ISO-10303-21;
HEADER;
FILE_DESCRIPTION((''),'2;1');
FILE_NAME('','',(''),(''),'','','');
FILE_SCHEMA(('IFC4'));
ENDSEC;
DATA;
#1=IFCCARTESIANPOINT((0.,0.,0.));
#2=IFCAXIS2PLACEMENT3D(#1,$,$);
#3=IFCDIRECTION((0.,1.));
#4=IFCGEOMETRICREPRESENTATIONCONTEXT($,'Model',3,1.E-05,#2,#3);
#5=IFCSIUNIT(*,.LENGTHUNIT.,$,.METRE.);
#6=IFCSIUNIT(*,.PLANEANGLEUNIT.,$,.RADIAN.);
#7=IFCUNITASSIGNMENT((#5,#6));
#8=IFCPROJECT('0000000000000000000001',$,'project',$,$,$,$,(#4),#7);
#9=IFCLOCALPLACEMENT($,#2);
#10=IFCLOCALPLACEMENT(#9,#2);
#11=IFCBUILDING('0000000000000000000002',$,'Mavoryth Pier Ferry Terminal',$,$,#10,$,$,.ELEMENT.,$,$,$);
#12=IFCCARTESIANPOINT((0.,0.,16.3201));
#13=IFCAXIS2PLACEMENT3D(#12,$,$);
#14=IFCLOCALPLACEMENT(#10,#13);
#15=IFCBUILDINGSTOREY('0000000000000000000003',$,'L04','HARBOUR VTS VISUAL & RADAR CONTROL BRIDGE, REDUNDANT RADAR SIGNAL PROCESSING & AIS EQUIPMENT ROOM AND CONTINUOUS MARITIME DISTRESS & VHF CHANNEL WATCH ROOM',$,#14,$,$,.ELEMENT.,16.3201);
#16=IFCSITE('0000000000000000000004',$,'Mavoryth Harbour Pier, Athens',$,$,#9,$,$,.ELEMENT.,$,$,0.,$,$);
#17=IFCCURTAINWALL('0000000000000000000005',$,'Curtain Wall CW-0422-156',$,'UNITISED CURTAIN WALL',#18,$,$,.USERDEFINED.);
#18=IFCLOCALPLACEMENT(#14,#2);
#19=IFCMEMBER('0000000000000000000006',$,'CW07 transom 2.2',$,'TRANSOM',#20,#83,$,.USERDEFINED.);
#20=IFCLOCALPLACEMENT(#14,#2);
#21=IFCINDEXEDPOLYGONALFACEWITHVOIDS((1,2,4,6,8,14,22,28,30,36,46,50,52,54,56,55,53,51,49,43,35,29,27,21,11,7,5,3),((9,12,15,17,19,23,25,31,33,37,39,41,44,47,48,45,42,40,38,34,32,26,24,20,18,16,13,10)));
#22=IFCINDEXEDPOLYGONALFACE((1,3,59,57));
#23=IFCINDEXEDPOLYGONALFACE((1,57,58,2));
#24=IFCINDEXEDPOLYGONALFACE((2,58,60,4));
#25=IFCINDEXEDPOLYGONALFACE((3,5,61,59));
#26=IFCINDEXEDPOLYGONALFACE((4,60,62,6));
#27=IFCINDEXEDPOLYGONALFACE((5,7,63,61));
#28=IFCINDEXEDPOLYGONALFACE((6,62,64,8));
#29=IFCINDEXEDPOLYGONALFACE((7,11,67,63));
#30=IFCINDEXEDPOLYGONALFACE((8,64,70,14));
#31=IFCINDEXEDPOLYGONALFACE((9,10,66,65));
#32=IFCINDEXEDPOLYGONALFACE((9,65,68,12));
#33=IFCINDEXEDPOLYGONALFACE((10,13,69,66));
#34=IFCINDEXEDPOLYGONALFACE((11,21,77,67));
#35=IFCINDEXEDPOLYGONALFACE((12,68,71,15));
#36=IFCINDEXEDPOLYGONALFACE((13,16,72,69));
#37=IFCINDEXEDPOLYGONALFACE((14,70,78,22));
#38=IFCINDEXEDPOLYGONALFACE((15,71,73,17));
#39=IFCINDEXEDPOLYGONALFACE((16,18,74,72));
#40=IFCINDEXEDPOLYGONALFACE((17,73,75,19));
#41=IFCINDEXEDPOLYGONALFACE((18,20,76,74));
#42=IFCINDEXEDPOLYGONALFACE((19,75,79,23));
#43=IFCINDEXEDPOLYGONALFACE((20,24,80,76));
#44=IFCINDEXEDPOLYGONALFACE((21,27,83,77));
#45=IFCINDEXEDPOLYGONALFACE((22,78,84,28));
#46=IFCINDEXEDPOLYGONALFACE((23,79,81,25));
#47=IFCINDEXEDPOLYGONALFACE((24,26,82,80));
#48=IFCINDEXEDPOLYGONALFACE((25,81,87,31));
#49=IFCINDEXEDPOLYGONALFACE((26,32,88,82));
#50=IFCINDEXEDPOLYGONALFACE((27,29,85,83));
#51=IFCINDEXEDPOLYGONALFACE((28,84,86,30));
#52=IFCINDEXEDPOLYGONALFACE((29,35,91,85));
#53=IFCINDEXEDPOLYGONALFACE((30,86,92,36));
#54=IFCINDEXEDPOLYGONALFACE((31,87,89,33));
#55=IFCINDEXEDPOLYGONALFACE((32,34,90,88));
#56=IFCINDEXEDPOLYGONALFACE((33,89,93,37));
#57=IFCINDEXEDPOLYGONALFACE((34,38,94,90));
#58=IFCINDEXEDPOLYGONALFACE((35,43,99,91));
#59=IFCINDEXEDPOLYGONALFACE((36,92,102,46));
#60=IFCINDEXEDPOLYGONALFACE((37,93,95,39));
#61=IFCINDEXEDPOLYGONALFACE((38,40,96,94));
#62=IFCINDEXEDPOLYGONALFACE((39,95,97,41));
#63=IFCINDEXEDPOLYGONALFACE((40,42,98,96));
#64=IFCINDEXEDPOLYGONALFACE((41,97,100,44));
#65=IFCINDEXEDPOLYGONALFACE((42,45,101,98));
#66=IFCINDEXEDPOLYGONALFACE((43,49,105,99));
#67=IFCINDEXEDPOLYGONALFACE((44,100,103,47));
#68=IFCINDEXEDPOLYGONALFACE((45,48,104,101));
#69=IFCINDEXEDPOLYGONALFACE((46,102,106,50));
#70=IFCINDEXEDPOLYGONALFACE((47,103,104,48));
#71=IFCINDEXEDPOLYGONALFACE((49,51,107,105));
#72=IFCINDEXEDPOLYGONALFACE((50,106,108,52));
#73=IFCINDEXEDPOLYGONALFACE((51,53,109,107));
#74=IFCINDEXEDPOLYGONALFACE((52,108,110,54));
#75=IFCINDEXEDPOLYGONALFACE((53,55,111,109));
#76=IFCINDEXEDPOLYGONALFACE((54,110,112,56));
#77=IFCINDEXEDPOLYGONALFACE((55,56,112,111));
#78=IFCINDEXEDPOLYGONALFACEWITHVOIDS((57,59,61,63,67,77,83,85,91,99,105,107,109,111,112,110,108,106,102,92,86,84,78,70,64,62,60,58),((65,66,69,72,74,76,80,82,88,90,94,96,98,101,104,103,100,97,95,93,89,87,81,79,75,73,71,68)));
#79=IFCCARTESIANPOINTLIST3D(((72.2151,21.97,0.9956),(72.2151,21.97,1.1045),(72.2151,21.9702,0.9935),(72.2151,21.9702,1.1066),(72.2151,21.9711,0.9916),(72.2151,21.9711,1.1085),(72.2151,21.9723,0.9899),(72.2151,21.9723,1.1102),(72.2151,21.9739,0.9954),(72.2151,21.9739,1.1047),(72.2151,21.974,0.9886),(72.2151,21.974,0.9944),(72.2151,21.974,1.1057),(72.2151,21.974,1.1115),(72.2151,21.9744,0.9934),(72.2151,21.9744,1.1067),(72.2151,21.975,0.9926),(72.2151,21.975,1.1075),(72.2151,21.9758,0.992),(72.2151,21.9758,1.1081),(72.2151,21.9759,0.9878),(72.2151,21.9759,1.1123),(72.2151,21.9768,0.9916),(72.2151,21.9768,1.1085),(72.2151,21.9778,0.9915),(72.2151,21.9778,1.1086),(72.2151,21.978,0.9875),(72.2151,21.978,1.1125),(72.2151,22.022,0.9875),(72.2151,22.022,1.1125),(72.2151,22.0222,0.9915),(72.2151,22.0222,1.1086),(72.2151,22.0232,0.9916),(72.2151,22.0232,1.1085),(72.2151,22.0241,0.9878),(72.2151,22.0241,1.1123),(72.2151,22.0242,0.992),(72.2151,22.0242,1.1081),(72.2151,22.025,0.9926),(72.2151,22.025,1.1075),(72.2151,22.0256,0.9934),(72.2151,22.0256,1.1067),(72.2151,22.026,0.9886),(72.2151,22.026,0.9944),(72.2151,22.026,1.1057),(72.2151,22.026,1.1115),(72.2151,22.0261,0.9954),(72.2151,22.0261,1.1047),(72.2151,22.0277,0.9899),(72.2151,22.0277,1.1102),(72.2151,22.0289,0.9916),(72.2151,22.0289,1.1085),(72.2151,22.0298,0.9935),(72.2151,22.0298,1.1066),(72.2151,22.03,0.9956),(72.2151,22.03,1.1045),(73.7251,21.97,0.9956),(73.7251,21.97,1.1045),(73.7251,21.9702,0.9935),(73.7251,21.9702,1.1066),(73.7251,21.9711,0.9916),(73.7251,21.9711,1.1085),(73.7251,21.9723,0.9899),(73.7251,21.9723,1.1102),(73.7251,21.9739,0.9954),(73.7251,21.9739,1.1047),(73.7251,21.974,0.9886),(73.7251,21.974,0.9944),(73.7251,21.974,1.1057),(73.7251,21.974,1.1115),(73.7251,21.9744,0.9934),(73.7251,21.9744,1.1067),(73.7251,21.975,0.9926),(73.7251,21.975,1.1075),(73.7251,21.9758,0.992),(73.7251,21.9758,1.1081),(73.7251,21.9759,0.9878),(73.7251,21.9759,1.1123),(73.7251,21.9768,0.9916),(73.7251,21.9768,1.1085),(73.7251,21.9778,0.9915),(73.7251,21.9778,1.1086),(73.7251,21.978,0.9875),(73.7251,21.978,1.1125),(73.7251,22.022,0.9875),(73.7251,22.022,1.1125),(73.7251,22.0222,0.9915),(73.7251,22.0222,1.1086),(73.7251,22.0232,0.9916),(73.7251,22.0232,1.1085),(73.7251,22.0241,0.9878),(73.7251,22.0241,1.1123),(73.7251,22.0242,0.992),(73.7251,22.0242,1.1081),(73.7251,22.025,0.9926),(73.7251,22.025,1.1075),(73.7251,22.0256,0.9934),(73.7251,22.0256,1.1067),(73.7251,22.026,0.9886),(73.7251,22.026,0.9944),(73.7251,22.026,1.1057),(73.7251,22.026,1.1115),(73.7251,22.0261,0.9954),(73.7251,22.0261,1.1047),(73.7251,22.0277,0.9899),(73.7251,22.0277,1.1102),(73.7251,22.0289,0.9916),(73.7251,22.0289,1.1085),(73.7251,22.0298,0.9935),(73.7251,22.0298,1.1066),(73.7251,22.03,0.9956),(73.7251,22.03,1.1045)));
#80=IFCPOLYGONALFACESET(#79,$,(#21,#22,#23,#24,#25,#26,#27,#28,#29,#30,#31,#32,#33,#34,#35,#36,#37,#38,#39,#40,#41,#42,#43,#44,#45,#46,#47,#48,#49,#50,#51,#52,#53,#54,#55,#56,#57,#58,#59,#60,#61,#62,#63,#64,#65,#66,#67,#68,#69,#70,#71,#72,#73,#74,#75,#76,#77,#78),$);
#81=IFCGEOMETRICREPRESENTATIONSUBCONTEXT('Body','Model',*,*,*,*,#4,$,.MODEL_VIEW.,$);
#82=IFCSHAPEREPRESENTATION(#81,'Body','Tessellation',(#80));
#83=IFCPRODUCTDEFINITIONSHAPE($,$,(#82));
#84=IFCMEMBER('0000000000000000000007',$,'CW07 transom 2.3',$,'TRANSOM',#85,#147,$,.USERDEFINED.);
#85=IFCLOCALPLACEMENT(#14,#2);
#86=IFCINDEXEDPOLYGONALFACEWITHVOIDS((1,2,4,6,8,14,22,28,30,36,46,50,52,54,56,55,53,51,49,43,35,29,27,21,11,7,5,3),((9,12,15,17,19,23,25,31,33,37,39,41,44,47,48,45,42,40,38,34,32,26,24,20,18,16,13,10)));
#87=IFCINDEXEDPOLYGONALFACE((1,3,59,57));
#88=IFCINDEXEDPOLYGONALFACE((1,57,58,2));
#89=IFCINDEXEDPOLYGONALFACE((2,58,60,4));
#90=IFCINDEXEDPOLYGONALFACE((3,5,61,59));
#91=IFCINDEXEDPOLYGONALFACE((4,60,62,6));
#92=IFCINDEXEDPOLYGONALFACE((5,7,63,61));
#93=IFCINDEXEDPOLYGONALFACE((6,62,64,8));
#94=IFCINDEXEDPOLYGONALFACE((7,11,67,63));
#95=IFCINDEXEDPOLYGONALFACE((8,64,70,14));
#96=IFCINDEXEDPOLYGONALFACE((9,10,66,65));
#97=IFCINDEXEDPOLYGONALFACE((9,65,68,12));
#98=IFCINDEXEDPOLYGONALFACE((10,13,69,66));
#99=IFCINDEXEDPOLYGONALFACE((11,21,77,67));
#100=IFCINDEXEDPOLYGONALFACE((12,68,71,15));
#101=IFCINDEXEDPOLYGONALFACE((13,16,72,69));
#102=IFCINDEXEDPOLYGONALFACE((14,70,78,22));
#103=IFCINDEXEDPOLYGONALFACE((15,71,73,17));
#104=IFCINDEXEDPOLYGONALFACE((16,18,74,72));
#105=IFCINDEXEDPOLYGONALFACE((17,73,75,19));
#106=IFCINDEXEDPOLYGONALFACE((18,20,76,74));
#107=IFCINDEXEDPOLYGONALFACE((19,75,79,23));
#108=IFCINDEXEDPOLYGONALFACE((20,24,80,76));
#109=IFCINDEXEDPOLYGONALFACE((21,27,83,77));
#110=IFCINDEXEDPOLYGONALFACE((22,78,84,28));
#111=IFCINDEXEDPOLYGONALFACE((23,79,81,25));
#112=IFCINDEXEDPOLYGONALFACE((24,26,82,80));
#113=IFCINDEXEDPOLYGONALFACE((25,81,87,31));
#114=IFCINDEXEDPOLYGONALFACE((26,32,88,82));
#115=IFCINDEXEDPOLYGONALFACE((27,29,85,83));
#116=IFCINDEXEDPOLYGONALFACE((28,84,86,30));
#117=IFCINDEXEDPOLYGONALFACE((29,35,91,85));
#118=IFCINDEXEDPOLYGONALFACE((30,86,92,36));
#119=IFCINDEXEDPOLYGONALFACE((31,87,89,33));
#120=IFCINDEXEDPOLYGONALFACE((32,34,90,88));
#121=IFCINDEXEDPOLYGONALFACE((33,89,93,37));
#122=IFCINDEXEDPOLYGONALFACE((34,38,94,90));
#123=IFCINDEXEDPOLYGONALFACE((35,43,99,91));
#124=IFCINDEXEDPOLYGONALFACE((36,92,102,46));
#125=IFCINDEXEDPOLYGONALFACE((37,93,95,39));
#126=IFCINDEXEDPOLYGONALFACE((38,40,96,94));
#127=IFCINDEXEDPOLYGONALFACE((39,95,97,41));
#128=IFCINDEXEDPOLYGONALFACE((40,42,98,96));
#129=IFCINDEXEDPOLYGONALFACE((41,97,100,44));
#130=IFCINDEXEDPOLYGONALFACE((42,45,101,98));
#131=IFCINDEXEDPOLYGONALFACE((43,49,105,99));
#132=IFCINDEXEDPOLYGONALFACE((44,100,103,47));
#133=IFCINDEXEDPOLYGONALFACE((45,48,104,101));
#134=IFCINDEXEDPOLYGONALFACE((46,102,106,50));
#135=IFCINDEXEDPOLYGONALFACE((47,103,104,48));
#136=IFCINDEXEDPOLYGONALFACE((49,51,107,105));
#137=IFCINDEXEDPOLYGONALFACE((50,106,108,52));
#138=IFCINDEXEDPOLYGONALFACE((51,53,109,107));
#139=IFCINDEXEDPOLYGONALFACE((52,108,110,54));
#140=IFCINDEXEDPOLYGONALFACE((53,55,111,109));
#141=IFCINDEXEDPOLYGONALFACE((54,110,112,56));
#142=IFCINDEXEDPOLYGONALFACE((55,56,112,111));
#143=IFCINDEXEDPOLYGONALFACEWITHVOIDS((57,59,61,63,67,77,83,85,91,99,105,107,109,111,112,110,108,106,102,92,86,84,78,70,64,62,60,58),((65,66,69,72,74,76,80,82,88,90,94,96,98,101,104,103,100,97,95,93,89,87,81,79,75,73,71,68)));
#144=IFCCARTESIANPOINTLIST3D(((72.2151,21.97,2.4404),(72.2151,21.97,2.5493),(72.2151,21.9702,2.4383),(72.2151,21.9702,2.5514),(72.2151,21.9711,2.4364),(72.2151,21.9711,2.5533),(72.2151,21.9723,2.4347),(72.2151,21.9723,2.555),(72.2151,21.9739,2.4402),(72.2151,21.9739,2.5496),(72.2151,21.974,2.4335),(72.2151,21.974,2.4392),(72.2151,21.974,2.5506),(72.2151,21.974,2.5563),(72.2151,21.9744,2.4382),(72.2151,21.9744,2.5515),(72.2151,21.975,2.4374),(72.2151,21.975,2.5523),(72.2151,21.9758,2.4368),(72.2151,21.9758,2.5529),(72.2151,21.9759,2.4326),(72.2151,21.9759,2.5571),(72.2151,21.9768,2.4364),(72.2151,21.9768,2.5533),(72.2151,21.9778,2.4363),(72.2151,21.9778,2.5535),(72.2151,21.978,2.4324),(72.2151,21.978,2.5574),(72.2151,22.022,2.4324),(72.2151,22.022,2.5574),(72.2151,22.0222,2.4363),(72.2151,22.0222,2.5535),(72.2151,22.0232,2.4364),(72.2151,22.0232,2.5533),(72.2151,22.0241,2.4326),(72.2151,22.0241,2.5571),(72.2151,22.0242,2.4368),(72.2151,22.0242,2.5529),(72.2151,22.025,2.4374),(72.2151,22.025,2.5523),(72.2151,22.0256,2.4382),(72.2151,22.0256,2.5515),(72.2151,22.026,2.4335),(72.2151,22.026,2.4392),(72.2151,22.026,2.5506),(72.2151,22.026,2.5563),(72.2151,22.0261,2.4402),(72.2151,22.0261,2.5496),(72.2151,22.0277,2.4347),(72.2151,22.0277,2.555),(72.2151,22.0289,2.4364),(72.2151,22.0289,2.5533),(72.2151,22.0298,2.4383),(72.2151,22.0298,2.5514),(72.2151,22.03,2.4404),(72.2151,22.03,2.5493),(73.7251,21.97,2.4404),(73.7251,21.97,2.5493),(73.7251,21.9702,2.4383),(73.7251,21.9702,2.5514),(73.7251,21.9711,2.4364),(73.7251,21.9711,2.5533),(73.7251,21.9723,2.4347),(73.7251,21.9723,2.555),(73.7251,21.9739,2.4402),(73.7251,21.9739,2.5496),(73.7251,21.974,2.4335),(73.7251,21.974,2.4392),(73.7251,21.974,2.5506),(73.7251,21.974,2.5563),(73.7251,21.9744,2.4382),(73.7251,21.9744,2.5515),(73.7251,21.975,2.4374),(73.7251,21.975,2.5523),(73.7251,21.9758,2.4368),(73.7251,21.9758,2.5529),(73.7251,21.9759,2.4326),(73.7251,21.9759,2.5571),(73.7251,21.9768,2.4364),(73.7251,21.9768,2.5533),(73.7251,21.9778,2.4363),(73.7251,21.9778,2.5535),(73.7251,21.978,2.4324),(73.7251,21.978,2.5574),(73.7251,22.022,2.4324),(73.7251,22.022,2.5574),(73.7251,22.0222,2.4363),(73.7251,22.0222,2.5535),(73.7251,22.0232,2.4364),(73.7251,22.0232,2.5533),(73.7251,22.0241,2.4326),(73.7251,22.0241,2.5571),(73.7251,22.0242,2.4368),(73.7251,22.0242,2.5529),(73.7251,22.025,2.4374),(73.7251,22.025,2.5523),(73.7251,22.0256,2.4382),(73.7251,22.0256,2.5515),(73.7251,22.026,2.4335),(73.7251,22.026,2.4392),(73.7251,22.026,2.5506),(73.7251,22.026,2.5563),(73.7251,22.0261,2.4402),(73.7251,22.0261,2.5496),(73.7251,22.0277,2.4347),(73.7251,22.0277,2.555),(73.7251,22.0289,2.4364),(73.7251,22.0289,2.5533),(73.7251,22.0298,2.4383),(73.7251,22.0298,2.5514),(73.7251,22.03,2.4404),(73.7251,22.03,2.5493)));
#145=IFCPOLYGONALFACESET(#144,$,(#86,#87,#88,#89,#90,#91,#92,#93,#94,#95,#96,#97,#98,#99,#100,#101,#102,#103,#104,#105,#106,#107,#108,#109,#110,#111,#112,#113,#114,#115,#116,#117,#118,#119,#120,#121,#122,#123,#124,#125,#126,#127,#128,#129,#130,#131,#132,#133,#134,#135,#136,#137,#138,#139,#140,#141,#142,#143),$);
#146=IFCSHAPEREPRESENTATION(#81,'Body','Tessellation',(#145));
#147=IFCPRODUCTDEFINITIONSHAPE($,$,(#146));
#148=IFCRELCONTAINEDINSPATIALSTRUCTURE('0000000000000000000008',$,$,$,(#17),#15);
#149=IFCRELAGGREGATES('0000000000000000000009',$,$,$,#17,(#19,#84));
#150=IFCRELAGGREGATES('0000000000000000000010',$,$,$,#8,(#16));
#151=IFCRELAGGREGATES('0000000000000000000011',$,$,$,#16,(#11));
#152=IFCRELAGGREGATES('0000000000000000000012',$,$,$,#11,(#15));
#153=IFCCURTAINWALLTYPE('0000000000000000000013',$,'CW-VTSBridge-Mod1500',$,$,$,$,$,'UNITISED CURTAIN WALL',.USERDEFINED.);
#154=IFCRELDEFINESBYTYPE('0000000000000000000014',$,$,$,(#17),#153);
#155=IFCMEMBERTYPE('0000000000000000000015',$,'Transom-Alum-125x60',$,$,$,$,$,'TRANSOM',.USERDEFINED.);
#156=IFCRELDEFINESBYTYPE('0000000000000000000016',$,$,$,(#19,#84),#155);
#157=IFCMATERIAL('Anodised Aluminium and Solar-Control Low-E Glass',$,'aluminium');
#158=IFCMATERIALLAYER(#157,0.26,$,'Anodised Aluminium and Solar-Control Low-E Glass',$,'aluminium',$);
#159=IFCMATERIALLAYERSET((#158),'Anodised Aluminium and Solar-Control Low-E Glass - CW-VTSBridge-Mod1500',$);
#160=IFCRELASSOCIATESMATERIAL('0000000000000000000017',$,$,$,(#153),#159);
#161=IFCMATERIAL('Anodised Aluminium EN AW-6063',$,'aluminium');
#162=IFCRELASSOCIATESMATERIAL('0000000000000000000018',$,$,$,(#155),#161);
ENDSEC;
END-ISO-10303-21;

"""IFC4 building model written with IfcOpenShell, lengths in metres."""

from ifc_helpers import new_model, si_unit, direction, frame, origin, origin_2d, place, context, subcontext, project, spatial, hollow_rectangle, extrude, material, layer, layer_set, material_profile, profile_set, type_object, element, aggregate, save


model = new_model("IFC4")

# Units and contexts
model_context = context("Model", 3, precision=1e-05, world=origin(), true_north=direction((0.0, 1.0)))
body_context = subcontext(model_context, "Body", "Model", "MODEL_VIEW")
ifc_project = project(units=[si_unit("LENGTHUNIT", "METRE"), si_unit("PLANEANGLEUNIT", "RADIAN")], contexts=[model_context])

# Site, building, storey
site_placement = place(None, origin())
site = spatial("IfcSite", under=ifc_project, at=site_placement, Name="Mavoryth Harbour Pier, Athens", CompositionType="ELEMENT", RefElevation=0.0)
building_placement = place(site_placement, origin())
building = spatial("IfcBuilding", under=site, at=building_placement, Name="Mavoryth Pier Ferry Terminal", CompositionType="ELEMENT")
storey_placement = place(building_placement, frame((0.0, 0.0, 16.3201)))
storey = spatial("IfcBuildingStorey", under=building, at=storey_placement, Name="L04", Description="HARBOUR VTS VISUAL & RADAR CONTROL BRIDGE, REDUNDANT RADAR SIGNAL PROCESSING & AIS EQUIPMENT ROOM AND CONTINUOUS MARITIME DISTRESS & VHF CHANNEL WATCH ROOM", CompositionType="ELEMENT", Elevation=16.3201)

# Curtain wall, members
ifc_material_1 = material(Name="Anodised Aluminium and Solar-Control Low-E Glass", Category="aluminium")
ifc_layer_1 = layer(ifc_material_1, 0.26, Name="Anodised Aluminium and Solar-Control Low-E Glass", Category="aluminium")
ifc_layer_set_1 = layer_set([ifc_layer_1], Name="Anodised Aluminium and Solar-Control Low-E Glass - CW-VTSBridge-Mod1500")
curtain_wall_type = type_object("IfcCurtainWallType", Name="CW-VTSBridge-Mod1500", ElementType="UNITISED CURTAIN WALL", PredefinedType="USERDEFINED", material=ifc_layer_set_1)
curtain_wall_placement = place(storey_placement, origin())
curtain_wall = element("IfcCurtainWall", 1, at=curtain_wall_placement, inside=storey, type_object=curtain_wall_type, Name="Curtain Wall CW-0422-156", ObjectType="UNITISED CURTAIN WALL", PredefinedType="USERDEFINED")
ifc_material_2 = material(Name="Anodised Aluminium EN AW-6063", Category="aluminium")
ifc_material_profile_1 = material_profile(ifc_material_2, hollow_rectangle(XDim=0.0601, YDim=0.125, WallThickness=0.0039, InnerFilletRadius=0.0039, OuterFilletRadius=0.0081, at=origin_2d()), Name="AL-TRAN 125x60x4", Category="aluminium")
ifc_profile_set_1 = profile_set([ifc_material_profile_1], Name="Anodised Aluminium EN AW-6063 - AL-TRAN 125x60x4")
member_type_1 = type_object("IfcMemberType", Name="Transom-Alum-125x60", ElementType="TRANSOM", PredefinedType="USERDEFINED", material=ifc_profile_set_1)
member_1_placement = place(storey_placement, frame((73.7251, 22.0, 1.05), z_axis=(-1.0, 0.0, 0.0), x_axis=(0.0, -1.0, 0.0)))
member_1 = element("IfcMember", 2, at=member_1_placement, type_object=member_type_1, Name="CW07 transom 2.2", ObjectType="TRANSOM", PredefinedType="USERDEFINED", context=body_context, shape_type="SweptSolid", body=[
    extrude(hollow_rectangle(XDim=0.0601, YDim=0.125, WallThickness=0.0039, InnerFilletRadius=0.0039, OuterFilletRadius=0.0081, at=origin_2d()), origin(), (0.0, 0.0, 1.0), 1.51),
])
member_2_placement = place(storey_placement, frame((73.7251, 22.0, 2.4949), z_axis=(-1.0, 0.0, 0.0), x_axis=(0.0, -1.0, 0.0)))
member_2 = element("IfcMember", 3, at=member_2_placement, type_object=member_type_1, Name="CW07 transom 2.3", ObjectType="TRANSOM", PredefinedType="USERDEFINED", context=body_context, shape_type="SweptSolid", body=[
    extrude(hollow_rectangle(XDim=0.0601, YDim=0.125, WallThickness=0.0039, InnerFilletRadius=0.0039, OuterFilletRadius=0.0081, at=origin_2d()), origin(), (0.0, 0.0, 1.0), 1.51),
])
aggregate(curtain_wall, [member_1, member_2])

save(model, "model.ifc")
